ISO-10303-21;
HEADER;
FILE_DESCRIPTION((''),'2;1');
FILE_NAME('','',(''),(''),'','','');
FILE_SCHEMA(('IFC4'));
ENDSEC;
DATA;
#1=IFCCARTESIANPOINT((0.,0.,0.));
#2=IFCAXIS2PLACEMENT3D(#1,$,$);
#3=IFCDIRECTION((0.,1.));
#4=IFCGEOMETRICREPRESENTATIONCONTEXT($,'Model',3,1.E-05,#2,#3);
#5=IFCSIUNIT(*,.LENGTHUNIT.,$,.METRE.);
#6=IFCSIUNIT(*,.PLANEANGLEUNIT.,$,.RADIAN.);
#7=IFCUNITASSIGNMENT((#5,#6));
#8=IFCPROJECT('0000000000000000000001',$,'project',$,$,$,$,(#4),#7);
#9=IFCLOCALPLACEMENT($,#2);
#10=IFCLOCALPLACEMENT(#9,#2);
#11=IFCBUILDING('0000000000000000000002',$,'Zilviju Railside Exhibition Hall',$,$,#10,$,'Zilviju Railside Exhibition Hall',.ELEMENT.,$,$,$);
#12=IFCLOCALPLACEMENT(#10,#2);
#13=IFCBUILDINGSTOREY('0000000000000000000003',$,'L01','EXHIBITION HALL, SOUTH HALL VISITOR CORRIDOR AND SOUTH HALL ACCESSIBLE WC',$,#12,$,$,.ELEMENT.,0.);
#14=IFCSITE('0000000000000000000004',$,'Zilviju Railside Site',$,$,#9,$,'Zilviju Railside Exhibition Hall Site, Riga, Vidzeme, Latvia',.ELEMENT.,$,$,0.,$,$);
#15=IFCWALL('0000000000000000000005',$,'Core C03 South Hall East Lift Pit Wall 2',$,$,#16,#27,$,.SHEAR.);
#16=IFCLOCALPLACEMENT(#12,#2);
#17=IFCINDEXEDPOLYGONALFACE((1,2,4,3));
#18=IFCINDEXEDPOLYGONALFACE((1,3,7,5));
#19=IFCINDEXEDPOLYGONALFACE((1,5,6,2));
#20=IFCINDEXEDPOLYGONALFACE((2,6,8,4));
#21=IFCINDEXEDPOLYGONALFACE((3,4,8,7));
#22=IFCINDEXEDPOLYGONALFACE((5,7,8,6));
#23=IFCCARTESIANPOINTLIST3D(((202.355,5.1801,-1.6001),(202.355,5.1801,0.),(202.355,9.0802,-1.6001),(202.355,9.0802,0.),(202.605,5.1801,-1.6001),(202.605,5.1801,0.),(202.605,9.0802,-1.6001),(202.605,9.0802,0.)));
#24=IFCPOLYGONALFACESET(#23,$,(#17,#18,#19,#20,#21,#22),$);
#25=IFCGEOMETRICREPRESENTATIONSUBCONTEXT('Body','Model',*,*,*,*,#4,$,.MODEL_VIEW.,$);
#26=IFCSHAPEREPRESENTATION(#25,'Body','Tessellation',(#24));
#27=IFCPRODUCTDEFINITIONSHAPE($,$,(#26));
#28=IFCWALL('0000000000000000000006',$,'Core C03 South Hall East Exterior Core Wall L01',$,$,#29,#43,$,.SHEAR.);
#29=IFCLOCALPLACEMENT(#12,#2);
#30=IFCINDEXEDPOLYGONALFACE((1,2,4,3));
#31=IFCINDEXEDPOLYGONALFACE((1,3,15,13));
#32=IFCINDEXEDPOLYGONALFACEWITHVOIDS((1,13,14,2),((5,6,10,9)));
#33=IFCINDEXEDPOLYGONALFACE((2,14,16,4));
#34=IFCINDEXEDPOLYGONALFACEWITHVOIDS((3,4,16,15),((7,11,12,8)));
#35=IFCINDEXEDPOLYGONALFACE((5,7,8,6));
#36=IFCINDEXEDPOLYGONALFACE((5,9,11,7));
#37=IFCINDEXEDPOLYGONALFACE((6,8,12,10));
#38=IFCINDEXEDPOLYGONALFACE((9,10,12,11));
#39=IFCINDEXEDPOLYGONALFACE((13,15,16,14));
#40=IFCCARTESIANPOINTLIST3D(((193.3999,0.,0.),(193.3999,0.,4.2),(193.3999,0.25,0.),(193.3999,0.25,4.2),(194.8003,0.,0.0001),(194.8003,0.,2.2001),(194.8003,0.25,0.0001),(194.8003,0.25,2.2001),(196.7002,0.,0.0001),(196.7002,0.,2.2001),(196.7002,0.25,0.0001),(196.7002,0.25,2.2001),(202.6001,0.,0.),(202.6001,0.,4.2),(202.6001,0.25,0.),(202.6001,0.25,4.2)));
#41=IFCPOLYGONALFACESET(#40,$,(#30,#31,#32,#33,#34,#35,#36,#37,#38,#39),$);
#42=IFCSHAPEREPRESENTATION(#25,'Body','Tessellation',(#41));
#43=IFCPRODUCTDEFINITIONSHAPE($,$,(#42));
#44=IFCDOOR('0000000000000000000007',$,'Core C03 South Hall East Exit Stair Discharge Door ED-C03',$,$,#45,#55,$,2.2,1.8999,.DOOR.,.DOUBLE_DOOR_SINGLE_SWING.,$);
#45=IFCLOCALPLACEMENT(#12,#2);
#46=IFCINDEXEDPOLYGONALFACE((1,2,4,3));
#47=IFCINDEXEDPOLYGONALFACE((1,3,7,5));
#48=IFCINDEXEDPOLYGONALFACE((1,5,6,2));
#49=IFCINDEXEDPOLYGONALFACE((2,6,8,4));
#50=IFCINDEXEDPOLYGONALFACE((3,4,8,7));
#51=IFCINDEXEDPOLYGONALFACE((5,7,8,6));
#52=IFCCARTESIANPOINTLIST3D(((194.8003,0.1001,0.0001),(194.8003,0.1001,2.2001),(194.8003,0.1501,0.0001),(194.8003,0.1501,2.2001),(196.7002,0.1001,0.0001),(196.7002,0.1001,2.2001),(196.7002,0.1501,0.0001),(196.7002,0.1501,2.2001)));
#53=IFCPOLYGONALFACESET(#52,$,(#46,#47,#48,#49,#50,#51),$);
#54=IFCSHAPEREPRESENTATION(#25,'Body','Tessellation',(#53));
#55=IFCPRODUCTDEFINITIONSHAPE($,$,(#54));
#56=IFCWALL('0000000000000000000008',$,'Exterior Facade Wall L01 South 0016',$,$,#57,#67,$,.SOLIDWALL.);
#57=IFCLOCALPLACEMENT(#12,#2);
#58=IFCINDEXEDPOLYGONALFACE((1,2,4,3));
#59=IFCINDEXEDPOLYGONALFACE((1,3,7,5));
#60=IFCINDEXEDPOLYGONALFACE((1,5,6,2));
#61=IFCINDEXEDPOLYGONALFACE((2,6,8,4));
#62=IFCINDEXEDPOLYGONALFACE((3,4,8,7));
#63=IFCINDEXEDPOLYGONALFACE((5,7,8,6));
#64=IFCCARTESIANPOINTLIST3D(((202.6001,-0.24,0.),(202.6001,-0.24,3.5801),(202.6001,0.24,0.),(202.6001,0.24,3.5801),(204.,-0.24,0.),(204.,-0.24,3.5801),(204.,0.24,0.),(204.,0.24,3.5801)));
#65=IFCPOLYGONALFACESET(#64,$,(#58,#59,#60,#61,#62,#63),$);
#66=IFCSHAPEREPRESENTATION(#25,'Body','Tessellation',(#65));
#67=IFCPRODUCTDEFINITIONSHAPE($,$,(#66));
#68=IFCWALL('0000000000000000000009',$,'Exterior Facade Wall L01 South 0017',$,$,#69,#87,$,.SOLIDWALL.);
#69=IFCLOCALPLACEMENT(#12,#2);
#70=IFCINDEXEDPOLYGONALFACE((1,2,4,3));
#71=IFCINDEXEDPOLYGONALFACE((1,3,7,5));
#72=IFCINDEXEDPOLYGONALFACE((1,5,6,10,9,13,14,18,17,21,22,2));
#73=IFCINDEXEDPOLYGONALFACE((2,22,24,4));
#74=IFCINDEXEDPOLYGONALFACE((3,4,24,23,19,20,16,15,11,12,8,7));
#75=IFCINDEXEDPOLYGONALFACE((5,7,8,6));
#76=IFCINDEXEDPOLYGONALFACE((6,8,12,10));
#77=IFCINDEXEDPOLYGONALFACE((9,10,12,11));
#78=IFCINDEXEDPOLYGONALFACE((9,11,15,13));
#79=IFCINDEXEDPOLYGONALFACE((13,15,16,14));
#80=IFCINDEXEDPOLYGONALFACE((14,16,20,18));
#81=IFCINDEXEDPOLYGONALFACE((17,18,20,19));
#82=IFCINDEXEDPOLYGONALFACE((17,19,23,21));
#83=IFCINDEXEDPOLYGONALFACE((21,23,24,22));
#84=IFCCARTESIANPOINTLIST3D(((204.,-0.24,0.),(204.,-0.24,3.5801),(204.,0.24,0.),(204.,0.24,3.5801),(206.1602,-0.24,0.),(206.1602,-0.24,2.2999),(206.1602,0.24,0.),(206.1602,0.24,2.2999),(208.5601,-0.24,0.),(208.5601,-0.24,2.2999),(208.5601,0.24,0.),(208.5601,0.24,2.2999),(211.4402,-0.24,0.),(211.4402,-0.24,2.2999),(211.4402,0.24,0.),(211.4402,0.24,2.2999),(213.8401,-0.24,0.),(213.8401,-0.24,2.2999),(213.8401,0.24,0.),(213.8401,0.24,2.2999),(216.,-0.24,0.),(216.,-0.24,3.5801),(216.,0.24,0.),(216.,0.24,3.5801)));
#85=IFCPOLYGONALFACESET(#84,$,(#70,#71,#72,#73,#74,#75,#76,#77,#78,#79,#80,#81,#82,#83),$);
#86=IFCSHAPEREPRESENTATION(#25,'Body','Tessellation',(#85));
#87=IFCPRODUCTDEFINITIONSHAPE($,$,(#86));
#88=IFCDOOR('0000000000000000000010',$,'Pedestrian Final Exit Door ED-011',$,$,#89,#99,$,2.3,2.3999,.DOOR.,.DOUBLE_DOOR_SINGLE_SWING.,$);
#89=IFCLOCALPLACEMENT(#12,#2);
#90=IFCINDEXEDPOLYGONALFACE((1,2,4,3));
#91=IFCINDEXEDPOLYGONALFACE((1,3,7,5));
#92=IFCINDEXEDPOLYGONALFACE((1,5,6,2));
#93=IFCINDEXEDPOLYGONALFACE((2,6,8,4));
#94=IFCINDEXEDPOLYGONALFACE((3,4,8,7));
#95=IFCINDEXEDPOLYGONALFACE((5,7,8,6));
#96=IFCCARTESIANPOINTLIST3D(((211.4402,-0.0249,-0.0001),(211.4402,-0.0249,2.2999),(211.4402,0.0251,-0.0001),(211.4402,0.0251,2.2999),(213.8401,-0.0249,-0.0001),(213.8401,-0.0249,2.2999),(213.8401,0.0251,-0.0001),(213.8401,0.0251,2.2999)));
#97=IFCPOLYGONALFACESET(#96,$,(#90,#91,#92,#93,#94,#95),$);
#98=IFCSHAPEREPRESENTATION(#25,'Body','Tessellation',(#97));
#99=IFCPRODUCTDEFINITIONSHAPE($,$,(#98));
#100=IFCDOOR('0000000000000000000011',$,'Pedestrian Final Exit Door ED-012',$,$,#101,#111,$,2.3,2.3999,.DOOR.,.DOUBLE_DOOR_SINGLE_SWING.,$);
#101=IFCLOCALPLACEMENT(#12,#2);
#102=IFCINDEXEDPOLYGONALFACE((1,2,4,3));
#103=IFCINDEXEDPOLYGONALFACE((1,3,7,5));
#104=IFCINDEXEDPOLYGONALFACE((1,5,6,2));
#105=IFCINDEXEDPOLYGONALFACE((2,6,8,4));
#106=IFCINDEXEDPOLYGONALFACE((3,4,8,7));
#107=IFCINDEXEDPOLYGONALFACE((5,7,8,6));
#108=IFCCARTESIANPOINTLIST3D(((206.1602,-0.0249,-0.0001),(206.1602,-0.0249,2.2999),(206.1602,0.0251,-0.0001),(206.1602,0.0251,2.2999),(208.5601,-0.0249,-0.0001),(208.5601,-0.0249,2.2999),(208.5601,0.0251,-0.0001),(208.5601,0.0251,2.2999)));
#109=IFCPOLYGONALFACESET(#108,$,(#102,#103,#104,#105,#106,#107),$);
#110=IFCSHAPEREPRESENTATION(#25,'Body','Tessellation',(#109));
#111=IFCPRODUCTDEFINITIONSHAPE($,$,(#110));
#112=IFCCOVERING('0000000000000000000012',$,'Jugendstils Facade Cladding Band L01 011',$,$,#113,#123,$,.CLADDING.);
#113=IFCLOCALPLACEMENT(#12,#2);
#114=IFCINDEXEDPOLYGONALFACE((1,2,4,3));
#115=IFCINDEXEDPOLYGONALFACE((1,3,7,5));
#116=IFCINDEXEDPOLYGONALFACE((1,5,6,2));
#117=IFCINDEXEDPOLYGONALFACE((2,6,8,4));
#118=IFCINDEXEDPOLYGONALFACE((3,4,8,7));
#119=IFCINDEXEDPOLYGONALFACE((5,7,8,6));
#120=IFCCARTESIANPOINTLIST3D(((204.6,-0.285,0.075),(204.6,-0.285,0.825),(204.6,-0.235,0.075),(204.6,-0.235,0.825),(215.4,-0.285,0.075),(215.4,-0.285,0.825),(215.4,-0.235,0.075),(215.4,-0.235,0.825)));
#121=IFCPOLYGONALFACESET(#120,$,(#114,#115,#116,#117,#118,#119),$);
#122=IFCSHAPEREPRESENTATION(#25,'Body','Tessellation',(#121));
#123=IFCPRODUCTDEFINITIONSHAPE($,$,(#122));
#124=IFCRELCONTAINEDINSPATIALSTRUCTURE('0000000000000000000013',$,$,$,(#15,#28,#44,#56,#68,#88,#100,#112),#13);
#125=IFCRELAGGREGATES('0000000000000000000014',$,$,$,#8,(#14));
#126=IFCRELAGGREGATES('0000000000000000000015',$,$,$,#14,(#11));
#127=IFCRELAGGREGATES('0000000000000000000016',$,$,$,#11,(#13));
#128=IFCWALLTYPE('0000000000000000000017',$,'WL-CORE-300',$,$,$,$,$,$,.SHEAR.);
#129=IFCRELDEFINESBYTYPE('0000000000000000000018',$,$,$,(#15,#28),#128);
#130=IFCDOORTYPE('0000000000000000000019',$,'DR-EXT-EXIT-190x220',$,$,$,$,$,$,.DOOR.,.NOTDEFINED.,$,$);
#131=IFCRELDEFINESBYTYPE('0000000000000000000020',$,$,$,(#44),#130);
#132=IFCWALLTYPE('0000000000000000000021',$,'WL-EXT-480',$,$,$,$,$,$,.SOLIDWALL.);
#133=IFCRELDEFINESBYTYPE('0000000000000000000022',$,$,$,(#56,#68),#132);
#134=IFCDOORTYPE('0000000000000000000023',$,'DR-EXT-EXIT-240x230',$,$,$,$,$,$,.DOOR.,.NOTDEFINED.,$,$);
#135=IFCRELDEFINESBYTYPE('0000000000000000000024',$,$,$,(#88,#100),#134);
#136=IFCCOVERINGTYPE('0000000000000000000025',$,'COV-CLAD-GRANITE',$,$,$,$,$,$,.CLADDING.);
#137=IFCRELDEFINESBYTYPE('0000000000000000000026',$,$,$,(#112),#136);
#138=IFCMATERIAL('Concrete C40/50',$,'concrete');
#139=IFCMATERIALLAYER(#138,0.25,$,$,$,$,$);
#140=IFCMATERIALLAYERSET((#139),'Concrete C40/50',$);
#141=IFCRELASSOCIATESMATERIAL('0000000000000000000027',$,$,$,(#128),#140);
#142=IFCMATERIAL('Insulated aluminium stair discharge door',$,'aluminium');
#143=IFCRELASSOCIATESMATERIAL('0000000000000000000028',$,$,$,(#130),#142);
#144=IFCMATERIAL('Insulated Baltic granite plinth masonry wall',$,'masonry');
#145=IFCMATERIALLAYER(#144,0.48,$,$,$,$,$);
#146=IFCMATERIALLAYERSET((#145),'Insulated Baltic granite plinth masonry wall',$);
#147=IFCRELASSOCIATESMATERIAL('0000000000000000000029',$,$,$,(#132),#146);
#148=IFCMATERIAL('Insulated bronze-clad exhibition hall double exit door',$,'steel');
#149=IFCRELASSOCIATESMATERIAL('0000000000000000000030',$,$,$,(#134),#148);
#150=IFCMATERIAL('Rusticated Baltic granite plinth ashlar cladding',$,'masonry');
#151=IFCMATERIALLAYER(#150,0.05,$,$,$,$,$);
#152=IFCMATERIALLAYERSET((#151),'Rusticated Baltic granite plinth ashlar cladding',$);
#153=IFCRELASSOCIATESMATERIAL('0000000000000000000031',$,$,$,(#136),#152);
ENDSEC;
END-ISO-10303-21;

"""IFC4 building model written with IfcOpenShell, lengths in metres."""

from ifc_helpers import new_model, si_unit, direction, frame, frame_2d, origin, origin_2d, place, context, subcontext, project, spatial, rectangle, extrude, material, layer, layer_set, type_object, element, fill, save


model = new_model("IFC4")

# Units and contexts
model_context = context("Model", 3, precision=1e-05, world=origin(), true_north=direction((0.0, 1.0)))
body_context = subcontext(model_context, "Body", "Model", "MODEL_VIEW")
ifc_project = project(units=[si_unit("LENGTHUNIT", "METRE"), si_unit("PLANEANGLEUNIT", "RADIAN")], contexts=[model_context])

# Site, building, storey
site_placement = place(None, origin())
site = spatial("IfcSite", under=ifc_project, at=site_placement, Name="Zilviju Railside Site", LongName="Zilviju Railside Exhibition Hall Site, Riga, Vidzeme, Latvia", CompositionType="ELEMENT", RefElevation=0.0)
building_placement = place(site_placement, origin())
building = spatial("IfcBuilding", under=site, at=building_placement, Name="Zilviju Railside Exhibition Hall", LongName="Zilviju Railside Exhibition Hall", CompositionType="ELEMENT")
storey_placement = place(building_placement, origin())
storey = spatial("IfcBuildingStorey", under=building, at=storey_placement, Name="L01", Description="EXHIBITION HALL, SOUTH HALL VISITOR CORRIDOR AND SOUTH HALL ACCESSIBLE WC", CompositionType="ELEMENT", Elevation=0.0)

# Shared definitions
ifc_material_1 = material(Name="Concrete C40/50", Category="concrete")

# Wall
ifc_layer_1 = layer(ifc_material_1, 0.25)
ifc_layer_set_1 = layer_set([ifc_layer_1], Name="Concrete C40/50")
wall_type_1 = type_object("IfcWallType", Name="WL-CORE-300", PredefinedType="SHEAR", material=ifc_layer_set_1)
wall_1_placement = place(storey_placement, frame((202.48, 5.1799, -1.6001), z_axis=(0.0, 0.0, 1.0), x_axis=(0.0, 1.0, 0.0)))
element("IfcWall", 1, at=wall_1_placement, inside=storey, type_object=wall_type_1, Name="Core C03 South Hall East Lift Pit Wall 2", PredefinedType="SHEAR", context=body_context, shape_type="SweptSolid", body=[
    extrude(rectangle(XDim=3.9001, YDim=0.25, at=frame_2d((1.9502, 0.0))), origin(), (0.0, 0.0, 1.0), 1.6001),
])

# Wall, opening, door
wall_2_placement = place(storey_placement, frame((202.6001, 0.125, 0.0), z_axis=(0.0, 0.0, 1.0), x_axis=(-1.0, 0.0, 0.0)))
wall_2 = element("IfcWall", 2, at=wall_2_placement, inside=storey, type_object=wall_type_1, Name="Core C03 South Hall East Exterior Core Wall L01", PredefinedType="SHEAR", context=body_context, shape_type="SweptSolid", body=[
    extrude(rectangle(XDim=9.2002, YDim=0.25, at=frame_2d((4.6001, 0.0))), origin(), (0.0, 0.0, 1.0), 4.2),
])
opening_1_placement = place(wall_2_placement, frame((5.8999, 0.0, 0.0)))
opening_1 = element("IfcOpeningElement", 3, at=opening_1_placement, cuts=wall_2, PredefinedType="OPENING", context=body_context, shape_type="SweptSolid", body=[
    extrude(rectangle(XDim=1.8999, YDim=2.2, at=frame_2d((0.95, 1.1001))), frame((0.0, 0.135, 0.0), z_axis=(0.0, -1.0, 0.0), x_axis=(1.0, 0.0, 0.0)), (0.0, 0.0, 1.0), 0.27),
])
ifc_material_2 = material(Name="Insulated aluminium stair discharge door", Category="aluminium")
door_type_1 = type_object("IfcDoorType", Name="DR-EXT-EXIT-190x220", OperationType="NOTDEFINED", PredefinedType="DOOR", material=ifc_material_2)
door_1_placement = place(opening_1_placement, origin())
door_1 = element("IfcDoor", 4, at=door_1_placement, inside=storey, type_object=door_type_1, Name="Core C03 South Hall East Exit Stair Discharge Door ED-C03", OperationType="DOUBLE_DOOR_SINGLE_SWING", OverallHeight=2.2, OverallWidth=1.8999, PredefinedType="DOOR", context=body_context, shape_type="SweptSolid", body=[
    extrude(rectangle(XDim=1.8999, YDim=2.2, at=frame_2d((0.95, 1.1001))), frame((0.0, 0.0249, 0.0), z_axis=(0.0, -1.0, 0.0), x_axis=(1.0, 0.0, 0.0)), (0.0, 0.0, 1.0), 0.05),
])
fill(opening_1, door_1)

# Wall
ifc_material_3 = material(Name="Insulated Baltic granite plinth masonry wall", Category="masonry")
ifc_layer_2 = layer(ifc_material_3, 0.48)
ifc_layer_set_2 = layer_set([ifc_layer_2], Name="Insulated Baltic granite plinth masonry wall")
wall_type_2 = type_object("IfcWallType", Name="WL-EXT-480", PredefinedType="SOLIDWALL", material=ifc_layer_set_2)
wall_3_placement = place(storey_placement, frame((204.0, 0.0, 0.0), z_axis=(0.0, 0.0, 1.0), x_axis=(-1.0, 0.0, 0.0)))
element("IfcWall", 5, at=wall_3_placement, inside=storey, type_object=wall_type_2, Name="Exterior Facade Wall L01 South 0016", PredefinedType="SOLIDWALL", context=body_context, shape_type="SweptSolid", body=[
    extrude(rectangle(XDim=1.3999, YDim=0.48, at=frame_2d((0.7, 0.0))), origin(), (0.0, 0.0, 1.0), 3.5801),
])

# Wall, openings, doors
wall_4_placement = place(storey_placement, frame((216.0, 0.0, 0.0), z_axis=(0.0, 0.0, 1.0), x_axis=(-1.0, 0.0, 0.0)))
wall_4 = element("IfcWall", 6, at=wall_4_placement, inside=storey, type_object=wall_type_2, Name="Exterior Facade Wall L01 South 0017", PredefinedType="SOLIDWALL", context=body_context, shape_type="SweptSolid", body=[
    extrude(rectangle(XDim=12.0, YDim=0.48, at=frame_2d((6.0, 0.0))), origin(), (0.0, 0.0, 1.0), 3.5801),
])
opening_2_placement = place(wall_4_placement, frame((2.1599, 0.0, 0.0)))
opening_2 = element("IfcOpeningElement", 7, at=opening_2_placement, cuts=wall_4, PredefinedType="OPENING", context=body_context, shape_type="SweptSolid", body=[
    extrude(rectangle(XDim=2.3999, YDim=2.3, at=frame_2d((1.2, 1.1499))), frame((0.0, 0.25, 0.0), z_axis=(0.0, -1.0, 0.0), x_axis=(1.0, 0.0, 0.0)), (0.0, 0.0, 1.0), 0.5),
])
opening_3_placement = place(wall_4_placement, frame((7.4399, 0.0, 0.0)))
opening_3 = element("IfcOpeningElement", 8, at=opening_3_placement, cuts=wall_4, PredefinedType="OPENING", context=body_context, shape_type="SweptSolid", body=[
    extrude(rectangle(XDim=2.3999, YDim=2.3, at=frame_2d((1.2, 1.1499))), frame((0.0, 0.25, 0.0), z_axis=(0.0, -1.0, 0.0), x_axis=(1.0, 0.0, 0.0)), (0.0, 0.0, 1.0), 0.5),
])
ifc_material_4 = material(Name="Insulated bronze-clad exhibition hall double exit door", Category="steel")
door_type_2 = type_object("IfcDoorType", Name="DR-EXT-EXIT-240x230", OperationType="NOTDEFINED", PredefinedType="DOOR", material=ifc_material_4)
door_2_placement = place(opening_2_placement, origin())
door_2 = element("IfcDoor", 9, at=door_2_placement, inside=storey, type_object=door_type_2, Name="Pedestrian Final Exit Door ED-011", OperationType="DOUBLE_DOOR_SINGLE_SWING", OverallHeight=2.3, OverallWidth=2.3999, PredefinedType="DOOR", context=body_context, shape_type="SweptSolid", body=[
    extrude(rectangle(XDim=2.3999, YDim=2.3, at=frame_2d((1.2, 1.1499))), frame((0.0, 0.0249, 0.0), z_axis=(0.0, -1.0, 0.0), x_axis=(1.0, 0.0, 0.0)), (0.0, 0.0, 1.0), 0.05),
])
fill(opening_2, door_2)
door_3_placement = place(opening_3_placement, origin())
door_3 = element("IfcDoor", 10, at=door_3_placement, inside=storey, type_object=door_type_2, Name="Pedestrian Final Exit Door ED-012", OperationType="DOUBLE_DOOR_SINGLE_SWING", OverallHeight=2.3, OverallWidth=2.3999, PredefinedType="DOOR", context=body_context, shape_type="SweptSolid", body=[
    extrude(rectangle(XDim=2.3999, YDim=2.3, at=frame_2d((1.2, 1.1499))), frame((0.0, 0.0249, 0.0), z_axis=(0.0, -1.0, 0.0), x_axis=(1.0, 0.0, 0.0)), (0.0, 0.0, 1.0), 0.05),
])
fill(opening_3, door_3)

# Covering
ifc_material_5 = material(Name="Rusticated Baltic granite plinth ashlar cladding", Category="masonry")
ifc_layer_3 = layer(ifc_material_5, 0.05)
ifc_layer_set_3 = layer_set([ifc_layer_3], Name="Rusticated Baltic granite plinth ashlar cladding")
covering_type = type_object("IfcCoveringType", Name="COV-CLAD-GRANITE", PredefinedType="CLADDING", material=ifc_layer_set_3)
covering_placement = place(storey_placement, frame((210.0, -0.26, 0.075), z_axis=(0.0, 0.0, 1.0), x_axis=(-1.0, 0.0, 0.0)))
element("IfcCovering", 11, at=covering_placement, inside=storey, type_object=covering_type, Name="Jugendstils Facade Cladding Band L01 011", PredefinedType="CLADDING", context=body_context, shape_type="SweptSolid", body=[
    extrude(rectangle(XDim=10.8, YDim=0.05, at=origin_2d()), origin(), (0.0, 0.0, 1.0), 0.75),
])

save(model, "model.ifc")
